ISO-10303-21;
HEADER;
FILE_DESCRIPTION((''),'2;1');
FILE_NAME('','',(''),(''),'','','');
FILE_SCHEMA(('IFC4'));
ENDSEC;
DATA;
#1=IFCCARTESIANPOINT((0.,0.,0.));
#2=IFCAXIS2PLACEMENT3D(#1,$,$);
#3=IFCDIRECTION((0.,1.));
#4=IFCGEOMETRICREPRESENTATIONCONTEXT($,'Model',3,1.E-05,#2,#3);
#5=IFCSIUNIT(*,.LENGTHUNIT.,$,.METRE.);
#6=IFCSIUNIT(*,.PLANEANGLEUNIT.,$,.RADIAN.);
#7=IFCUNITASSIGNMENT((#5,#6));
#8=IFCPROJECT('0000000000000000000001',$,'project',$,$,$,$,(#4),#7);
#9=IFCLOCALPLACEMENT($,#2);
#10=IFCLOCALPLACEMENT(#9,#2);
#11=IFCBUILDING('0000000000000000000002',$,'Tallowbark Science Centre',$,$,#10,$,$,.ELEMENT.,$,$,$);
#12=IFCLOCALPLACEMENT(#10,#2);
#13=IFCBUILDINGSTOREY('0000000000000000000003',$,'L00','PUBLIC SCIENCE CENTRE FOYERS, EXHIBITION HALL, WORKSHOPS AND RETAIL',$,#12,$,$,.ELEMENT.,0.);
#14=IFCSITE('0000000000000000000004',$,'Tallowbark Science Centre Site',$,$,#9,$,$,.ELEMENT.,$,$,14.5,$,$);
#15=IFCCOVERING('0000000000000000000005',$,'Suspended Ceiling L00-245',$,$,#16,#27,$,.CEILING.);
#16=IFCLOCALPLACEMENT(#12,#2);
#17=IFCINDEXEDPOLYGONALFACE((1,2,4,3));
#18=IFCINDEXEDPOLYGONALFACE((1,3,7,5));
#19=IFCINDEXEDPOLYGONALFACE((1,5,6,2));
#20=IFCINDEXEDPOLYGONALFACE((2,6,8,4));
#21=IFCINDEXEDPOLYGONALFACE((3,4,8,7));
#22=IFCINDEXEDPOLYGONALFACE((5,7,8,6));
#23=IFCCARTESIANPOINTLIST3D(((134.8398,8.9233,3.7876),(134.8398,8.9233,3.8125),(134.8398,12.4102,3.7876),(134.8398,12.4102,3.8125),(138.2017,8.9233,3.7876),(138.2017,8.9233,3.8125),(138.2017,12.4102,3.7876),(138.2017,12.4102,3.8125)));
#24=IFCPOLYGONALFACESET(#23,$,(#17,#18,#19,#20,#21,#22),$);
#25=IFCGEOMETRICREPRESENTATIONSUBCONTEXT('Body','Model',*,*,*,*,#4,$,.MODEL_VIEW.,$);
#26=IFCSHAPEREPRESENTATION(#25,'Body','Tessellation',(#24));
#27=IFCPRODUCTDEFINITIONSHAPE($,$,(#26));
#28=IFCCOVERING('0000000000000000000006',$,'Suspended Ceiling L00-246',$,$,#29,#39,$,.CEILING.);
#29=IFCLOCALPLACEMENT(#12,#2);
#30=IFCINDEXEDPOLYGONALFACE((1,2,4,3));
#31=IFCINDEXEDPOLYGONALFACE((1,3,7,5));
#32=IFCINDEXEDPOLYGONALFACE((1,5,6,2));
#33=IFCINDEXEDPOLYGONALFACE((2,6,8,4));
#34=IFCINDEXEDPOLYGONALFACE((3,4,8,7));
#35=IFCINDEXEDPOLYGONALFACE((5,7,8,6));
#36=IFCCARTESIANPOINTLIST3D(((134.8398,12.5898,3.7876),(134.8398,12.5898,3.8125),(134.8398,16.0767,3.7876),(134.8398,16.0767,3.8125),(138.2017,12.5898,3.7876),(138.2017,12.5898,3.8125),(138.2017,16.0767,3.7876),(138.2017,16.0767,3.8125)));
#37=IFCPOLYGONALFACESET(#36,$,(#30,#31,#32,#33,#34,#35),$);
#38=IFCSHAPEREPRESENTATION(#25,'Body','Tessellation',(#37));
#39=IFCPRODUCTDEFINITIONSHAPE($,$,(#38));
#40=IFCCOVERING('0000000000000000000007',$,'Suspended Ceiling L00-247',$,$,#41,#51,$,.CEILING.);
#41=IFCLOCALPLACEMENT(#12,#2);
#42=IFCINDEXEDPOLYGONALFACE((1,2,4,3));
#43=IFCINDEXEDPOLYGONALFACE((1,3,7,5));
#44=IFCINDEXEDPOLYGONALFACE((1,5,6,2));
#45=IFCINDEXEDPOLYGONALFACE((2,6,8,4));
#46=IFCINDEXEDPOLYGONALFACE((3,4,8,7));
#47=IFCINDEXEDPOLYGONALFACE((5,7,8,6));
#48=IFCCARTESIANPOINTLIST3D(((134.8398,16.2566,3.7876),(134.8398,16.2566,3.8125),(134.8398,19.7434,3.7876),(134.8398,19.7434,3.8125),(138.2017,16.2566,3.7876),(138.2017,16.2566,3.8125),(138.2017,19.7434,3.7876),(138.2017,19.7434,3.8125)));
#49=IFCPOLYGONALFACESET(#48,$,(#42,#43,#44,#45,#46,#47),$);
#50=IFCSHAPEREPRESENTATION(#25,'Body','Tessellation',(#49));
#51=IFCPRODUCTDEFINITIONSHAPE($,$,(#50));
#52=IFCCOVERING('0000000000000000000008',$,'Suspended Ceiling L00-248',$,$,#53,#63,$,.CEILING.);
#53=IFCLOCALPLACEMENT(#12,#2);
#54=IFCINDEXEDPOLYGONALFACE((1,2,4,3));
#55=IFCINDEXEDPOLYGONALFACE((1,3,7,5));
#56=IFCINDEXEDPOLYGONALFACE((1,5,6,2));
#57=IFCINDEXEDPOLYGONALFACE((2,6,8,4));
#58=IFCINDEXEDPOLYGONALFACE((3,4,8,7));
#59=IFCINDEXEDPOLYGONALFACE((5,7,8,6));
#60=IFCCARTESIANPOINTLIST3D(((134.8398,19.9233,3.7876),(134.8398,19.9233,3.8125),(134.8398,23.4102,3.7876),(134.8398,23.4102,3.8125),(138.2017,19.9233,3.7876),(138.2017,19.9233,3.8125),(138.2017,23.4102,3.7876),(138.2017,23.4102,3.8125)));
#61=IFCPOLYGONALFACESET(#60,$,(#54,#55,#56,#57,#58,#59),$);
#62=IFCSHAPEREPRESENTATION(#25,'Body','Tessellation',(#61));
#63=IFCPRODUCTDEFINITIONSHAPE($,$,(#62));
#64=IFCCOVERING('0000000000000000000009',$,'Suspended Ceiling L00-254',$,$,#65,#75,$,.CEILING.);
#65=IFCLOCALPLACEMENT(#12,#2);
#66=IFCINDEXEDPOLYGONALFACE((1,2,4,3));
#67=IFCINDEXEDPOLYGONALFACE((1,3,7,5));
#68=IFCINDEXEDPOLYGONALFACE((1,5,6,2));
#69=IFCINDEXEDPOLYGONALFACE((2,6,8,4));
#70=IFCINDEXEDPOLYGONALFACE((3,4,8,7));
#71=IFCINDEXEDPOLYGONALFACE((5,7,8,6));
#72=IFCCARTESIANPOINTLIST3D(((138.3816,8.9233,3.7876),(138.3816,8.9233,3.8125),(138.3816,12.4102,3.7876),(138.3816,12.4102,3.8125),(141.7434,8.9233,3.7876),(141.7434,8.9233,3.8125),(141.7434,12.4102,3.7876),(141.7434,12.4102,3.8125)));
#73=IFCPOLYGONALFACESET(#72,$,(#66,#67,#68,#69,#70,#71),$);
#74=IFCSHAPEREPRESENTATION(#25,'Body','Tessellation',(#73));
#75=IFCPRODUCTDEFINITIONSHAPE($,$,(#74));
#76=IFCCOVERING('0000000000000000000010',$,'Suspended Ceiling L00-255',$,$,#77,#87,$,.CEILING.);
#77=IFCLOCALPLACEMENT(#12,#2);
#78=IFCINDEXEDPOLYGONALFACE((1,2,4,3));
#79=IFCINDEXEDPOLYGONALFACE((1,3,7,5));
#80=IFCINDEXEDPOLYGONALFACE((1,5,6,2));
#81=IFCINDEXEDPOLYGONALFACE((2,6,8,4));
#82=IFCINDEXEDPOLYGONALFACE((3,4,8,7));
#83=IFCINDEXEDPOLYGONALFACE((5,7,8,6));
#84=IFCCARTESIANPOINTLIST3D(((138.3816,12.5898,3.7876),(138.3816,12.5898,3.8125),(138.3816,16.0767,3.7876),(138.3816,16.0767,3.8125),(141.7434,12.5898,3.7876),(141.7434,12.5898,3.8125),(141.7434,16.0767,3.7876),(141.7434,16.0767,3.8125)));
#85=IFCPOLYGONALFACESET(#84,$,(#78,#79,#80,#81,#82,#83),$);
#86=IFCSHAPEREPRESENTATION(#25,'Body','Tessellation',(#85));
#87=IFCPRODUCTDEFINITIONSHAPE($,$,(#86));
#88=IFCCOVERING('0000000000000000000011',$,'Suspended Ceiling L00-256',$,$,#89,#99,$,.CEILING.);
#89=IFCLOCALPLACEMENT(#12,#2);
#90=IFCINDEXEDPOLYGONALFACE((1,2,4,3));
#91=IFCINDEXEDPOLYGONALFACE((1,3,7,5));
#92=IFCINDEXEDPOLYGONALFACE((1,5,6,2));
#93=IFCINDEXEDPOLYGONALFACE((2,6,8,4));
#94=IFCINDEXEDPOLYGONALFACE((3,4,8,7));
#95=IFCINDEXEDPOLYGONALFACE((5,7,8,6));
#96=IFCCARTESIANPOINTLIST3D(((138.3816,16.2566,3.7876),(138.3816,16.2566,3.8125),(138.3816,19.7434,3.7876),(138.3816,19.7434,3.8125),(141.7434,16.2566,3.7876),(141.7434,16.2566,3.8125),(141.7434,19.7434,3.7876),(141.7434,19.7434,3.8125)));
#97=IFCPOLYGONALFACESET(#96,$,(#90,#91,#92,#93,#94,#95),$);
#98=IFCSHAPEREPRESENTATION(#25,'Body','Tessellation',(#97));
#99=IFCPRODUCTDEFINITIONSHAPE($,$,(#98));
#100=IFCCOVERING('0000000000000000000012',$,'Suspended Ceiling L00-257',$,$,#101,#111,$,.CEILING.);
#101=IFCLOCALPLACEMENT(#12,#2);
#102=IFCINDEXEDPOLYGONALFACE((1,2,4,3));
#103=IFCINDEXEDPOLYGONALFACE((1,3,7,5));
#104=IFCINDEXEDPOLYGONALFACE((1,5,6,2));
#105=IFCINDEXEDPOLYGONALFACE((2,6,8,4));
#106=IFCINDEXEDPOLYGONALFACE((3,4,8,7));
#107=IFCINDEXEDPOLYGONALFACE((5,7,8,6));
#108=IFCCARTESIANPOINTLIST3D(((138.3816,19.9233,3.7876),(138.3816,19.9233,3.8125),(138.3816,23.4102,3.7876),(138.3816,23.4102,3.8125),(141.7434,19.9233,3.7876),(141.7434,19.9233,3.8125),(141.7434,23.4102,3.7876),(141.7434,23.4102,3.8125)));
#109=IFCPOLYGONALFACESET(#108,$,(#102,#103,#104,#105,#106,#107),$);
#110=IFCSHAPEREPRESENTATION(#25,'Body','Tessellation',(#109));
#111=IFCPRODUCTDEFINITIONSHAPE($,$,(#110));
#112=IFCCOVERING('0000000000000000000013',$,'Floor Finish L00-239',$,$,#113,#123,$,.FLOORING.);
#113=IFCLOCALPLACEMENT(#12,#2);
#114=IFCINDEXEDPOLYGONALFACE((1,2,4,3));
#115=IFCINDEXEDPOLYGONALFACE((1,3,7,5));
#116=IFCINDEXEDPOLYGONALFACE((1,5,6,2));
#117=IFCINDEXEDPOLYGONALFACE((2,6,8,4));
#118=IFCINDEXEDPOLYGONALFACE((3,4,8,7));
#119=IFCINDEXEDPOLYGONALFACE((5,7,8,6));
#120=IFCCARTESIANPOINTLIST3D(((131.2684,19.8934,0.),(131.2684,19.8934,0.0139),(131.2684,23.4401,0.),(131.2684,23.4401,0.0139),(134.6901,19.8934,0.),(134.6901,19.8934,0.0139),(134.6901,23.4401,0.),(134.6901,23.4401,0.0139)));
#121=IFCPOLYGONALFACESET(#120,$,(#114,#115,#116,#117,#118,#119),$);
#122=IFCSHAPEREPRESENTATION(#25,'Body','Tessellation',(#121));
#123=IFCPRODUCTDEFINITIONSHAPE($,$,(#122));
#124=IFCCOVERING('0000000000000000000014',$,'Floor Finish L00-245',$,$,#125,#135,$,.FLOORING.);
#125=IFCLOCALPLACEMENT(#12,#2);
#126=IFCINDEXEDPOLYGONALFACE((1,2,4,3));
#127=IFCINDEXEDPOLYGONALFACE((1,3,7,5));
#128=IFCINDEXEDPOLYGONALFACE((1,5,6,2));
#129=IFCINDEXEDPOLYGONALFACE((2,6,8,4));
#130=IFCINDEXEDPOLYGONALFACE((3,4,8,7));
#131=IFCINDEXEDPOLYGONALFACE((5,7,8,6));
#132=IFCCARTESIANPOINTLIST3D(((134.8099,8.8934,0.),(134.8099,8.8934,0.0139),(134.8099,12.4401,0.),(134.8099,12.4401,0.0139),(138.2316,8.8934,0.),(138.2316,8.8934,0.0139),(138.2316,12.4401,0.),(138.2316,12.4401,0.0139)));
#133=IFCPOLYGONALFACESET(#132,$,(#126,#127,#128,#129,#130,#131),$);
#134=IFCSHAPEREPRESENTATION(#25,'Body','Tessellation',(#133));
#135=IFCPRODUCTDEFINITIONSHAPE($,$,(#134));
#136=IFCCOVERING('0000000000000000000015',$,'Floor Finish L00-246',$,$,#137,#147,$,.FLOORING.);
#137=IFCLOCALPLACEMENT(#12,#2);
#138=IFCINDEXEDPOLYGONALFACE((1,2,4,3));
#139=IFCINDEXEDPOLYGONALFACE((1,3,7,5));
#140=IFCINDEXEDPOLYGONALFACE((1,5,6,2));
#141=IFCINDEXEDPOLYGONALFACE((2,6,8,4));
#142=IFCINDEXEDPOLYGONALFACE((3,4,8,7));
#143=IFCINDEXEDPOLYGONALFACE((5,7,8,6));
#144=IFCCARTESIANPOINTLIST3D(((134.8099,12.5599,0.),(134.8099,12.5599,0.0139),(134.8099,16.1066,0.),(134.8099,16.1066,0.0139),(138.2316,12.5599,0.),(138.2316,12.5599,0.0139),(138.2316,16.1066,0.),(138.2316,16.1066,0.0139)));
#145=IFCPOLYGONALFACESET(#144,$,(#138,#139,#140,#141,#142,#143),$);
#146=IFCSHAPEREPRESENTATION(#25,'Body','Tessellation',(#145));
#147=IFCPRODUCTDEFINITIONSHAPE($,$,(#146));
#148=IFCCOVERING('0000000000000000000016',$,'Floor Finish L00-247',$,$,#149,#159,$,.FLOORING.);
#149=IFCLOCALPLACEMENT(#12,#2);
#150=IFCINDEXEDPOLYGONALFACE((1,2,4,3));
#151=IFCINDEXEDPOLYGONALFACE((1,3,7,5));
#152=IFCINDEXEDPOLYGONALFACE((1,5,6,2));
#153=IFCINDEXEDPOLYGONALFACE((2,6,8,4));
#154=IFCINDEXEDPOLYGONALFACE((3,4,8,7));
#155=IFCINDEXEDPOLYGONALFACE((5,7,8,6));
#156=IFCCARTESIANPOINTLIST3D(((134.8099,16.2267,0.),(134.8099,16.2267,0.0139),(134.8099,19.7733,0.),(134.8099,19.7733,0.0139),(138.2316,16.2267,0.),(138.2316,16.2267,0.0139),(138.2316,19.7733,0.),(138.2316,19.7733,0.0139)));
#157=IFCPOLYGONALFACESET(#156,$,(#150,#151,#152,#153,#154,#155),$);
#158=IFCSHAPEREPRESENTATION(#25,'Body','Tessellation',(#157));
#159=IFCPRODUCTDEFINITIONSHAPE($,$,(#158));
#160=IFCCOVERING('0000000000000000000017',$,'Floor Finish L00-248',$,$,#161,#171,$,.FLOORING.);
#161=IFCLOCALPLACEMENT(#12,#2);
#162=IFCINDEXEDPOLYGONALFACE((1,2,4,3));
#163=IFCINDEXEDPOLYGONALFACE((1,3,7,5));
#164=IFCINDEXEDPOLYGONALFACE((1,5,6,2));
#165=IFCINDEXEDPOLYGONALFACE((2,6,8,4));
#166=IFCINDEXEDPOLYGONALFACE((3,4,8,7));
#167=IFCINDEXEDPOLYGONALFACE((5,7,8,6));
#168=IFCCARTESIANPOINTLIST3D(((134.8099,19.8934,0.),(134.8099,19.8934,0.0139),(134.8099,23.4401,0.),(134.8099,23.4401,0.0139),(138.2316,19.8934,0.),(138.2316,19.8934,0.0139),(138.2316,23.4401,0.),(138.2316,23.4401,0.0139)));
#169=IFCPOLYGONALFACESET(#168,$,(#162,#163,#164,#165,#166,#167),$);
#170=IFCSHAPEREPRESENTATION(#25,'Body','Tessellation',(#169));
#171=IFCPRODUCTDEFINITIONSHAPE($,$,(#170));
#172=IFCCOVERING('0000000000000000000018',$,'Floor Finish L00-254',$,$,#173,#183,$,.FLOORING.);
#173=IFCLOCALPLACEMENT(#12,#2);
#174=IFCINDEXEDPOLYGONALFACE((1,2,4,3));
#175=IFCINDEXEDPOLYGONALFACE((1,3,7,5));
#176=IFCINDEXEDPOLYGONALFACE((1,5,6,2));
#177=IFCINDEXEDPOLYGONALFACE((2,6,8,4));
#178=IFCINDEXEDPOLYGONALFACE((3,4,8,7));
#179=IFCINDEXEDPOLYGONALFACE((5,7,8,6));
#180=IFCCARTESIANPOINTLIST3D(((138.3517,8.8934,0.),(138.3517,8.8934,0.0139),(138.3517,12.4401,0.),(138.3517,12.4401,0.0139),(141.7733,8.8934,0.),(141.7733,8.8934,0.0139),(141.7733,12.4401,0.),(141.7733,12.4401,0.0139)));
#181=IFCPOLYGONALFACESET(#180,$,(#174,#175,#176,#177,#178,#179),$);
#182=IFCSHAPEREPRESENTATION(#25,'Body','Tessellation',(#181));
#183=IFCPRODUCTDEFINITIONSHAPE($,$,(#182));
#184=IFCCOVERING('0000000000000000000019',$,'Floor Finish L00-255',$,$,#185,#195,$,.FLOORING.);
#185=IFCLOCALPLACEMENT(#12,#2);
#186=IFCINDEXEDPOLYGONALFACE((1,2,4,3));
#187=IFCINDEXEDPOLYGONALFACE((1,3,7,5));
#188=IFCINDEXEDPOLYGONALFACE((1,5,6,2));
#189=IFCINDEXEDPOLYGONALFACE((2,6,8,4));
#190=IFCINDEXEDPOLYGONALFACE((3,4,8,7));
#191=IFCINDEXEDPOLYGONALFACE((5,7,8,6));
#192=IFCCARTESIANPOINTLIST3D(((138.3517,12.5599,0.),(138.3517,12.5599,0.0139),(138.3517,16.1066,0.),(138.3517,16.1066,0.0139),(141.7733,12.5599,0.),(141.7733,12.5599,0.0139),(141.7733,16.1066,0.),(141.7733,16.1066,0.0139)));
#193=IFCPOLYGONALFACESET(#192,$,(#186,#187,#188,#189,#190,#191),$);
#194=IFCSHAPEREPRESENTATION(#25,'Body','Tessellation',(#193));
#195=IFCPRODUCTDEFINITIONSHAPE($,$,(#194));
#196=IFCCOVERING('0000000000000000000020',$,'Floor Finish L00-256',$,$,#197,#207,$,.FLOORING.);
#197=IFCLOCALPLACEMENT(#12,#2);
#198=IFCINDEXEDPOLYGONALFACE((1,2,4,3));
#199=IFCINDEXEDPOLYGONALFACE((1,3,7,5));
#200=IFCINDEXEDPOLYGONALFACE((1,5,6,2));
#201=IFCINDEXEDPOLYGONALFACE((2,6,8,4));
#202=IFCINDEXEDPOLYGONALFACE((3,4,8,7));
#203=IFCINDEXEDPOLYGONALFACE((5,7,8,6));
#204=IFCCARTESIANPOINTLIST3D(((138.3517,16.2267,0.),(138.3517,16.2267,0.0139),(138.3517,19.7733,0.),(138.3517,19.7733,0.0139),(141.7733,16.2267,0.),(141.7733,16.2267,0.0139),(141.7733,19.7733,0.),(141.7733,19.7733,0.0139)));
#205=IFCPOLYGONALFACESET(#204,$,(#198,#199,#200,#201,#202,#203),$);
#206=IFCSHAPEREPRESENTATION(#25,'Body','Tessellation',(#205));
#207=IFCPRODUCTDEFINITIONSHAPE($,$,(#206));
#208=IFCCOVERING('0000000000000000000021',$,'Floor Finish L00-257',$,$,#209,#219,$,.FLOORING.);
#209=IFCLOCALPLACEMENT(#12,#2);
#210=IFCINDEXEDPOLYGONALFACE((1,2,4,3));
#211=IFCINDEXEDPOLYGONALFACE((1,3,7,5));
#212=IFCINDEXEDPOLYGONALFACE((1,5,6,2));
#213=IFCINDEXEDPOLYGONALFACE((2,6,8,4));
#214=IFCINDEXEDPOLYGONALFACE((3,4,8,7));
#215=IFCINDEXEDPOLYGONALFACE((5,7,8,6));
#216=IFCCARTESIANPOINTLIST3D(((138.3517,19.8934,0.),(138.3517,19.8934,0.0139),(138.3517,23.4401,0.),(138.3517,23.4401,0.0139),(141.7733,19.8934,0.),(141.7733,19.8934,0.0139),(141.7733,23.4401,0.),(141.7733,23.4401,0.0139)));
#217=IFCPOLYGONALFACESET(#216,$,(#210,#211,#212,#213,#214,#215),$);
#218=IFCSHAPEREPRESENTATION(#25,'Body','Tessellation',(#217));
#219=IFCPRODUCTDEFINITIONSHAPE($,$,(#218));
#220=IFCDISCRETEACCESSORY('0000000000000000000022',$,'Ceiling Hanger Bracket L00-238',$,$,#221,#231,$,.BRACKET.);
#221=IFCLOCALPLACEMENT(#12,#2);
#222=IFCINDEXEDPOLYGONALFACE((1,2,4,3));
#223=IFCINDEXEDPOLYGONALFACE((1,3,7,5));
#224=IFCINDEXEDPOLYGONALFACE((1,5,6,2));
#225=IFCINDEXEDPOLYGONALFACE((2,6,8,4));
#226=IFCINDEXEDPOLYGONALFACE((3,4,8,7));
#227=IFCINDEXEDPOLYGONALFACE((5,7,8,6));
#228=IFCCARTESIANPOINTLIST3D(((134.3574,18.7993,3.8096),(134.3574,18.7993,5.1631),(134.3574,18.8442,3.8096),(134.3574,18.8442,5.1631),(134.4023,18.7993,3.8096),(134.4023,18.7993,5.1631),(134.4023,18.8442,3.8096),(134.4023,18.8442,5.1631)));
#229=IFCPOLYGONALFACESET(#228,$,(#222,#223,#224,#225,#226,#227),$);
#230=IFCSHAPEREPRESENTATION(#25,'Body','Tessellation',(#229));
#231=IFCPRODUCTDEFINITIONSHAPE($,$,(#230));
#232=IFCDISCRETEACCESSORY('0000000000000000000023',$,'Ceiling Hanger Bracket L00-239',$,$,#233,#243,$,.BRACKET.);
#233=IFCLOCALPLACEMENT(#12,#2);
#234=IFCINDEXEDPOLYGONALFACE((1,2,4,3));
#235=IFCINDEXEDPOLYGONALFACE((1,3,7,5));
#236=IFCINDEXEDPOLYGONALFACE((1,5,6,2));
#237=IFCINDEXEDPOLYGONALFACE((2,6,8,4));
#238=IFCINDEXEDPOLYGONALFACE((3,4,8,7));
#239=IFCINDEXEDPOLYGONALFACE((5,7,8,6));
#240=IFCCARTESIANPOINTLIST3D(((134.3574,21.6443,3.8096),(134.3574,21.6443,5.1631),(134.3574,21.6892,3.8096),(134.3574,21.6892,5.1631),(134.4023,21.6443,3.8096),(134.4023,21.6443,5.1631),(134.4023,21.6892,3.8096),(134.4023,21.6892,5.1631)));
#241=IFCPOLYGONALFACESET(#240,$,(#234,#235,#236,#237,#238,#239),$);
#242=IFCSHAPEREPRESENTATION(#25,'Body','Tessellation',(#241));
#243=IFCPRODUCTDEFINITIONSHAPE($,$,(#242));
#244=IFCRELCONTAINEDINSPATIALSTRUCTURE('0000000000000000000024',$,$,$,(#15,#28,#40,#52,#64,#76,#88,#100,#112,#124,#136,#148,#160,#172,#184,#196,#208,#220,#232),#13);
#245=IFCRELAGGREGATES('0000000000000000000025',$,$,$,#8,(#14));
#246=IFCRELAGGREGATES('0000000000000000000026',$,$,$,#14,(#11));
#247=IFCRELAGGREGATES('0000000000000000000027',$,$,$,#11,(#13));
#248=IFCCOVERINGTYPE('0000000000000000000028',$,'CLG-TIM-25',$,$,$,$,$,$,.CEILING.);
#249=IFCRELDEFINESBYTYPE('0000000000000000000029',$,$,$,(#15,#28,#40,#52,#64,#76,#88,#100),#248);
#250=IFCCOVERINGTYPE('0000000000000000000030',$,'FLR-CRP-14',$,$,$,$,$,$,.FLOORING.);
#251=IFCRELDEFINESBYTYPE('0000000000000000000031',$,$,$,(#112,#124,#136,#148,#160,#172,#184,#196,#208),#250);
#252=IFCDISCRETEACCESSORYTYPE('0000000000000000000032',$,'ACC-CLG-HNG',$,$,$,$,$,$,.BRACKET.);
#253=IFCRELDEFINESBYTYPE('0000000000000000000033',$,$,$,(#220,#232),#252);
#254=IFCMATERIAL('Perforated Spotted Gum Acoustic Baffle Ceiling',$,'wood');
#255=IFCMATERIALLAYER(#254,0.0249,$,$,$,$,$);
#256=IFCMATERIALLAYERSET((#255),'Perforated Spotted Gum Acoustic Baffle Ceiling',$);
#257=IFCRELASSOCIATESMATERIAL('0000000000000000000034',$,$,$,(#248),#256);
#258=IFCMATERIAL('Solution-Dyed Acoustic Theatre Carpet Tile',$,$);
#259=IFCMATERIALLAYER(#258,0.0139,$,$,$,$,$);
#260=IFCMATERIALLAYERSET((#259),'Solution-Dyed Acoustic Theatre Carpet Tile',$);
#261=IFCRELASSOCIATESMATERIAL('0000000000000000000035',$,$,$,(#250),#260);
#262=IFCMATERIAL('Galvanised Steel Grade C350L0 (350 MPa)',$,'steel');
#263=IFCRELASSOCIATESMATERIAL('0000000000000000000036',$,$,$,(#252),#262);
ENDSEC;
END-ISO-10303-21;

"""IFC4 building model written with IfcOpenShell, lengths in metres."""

from ifc_helpers import new_model, si_unit, direction, frame, origin, origin_2d, place, context, subcontext, project, spatial, rectangle, extrude, material, layer, layer_set, type_object, element, save


model = new_model("IFC4")

# Units and contexts
model_context = context("Model", 3, precision=1e-05, world=origin(), true_north=direction((0.0, 1.0)))
body_context = subcontext(model_context, "Body", "Model", "MODEL_VIEW")
ifc_project = project(units=[si_unit("LENGTHUNIT", "METRE"), si_unit("PLANEANGLEUNIT", "RADIAN")], contexts=[model_context])

# Site, building, storey
site_placement = place(None, origin())
site = spatial("IfcSite", under=ifc_project, at=site_placement, Name="Tallowbark Science Centre Site", CompositionType="ELEMENT", RefElevation=14.5)
building_placement = place(site_placement, origin())
building = spatial("IfcBuilding", under=site, at=building_placement, Name="Tallowbark Science Centre", CompositionType="ELEMENT")
storey_placement = place(building_placement, origin())
storey = spatial("IfcBuildingStorey", under=building, at=storey_placement, Name="L00", Description="PUBLIC SCIENCE CENTRE FOYERS, EXHIBITION HALL, WORKSHOPS AND RETAIL", CompositionType="ELEMENT", Elevation=0.0)

# Coverings
ifc_material_1 = material(Name="Perforated Spotted Gum Acoustic Baffle Ceiling", Category="wood")
ifc_layer_1 = layer(ifc_material_1, 0.0249)
ifc_layer_set_1 = layer_set([ifc_layer_1], Name="Perforated Spotted Gum Acoustic Baffle Ceiling")
covering_type_1 = type_object("IfcCoveringType", Name="CLG-TIM-25", PredefinedType="CEILING", material=ifc_layer_set_1)
for number, where, z_axis, x_axis, name in (
    (1, (136.5208, 10.6667, 3.7876), (0.0, 0.0, 1.0), (1.0, 0.0, 0.0), "Suspended Ceiling L00-245"),
    (2, (136.5208, 14.3333, 3.7876), (0.0, 0.0, 1.0), (1.0, 0.0, 0.0), "Suspended Ceiling L00-246"),
    (3, (136.5208, 18.0, 3.7876), (0.0, 0.0, 1.0), (1.0, 0.0, 0.0), "Suspended Ceiling L00-247"),
    (4, (136.5208, 21.6667, 3.7876), (0.0, 0.0, 1.0), (1.0, 0.0, 0.0), "Suspended Ceiling L00-248"),
    (5, (140.0625, 10.6667, 3.7876), (0.0, 0.0, 1.0), (1.0, 0.0, 0.0), "Suspended Ceiling L00-254"),
    (6, (140.0625, 14.3333, 3.7876), (0.0, 0.0, 1.0), (1.0, 0.0, 0.0), "Suspended Ceiling L00-255"),
    (7, (140.0625, 18.0, 3.7876), (0.0, 0.0, 1.0), (1.0, 0.0, 0.0), "Suspended Ceiling L00-256"),
    (8, (140.0625, 21.6667, 3.7876), (0.0, 0.0, 1.0), (1.0, 0.0, 0.0), "Suspended Ceiling L00-257"),
):
    element("IfcCovering", number, at=place(storey_placement, frame(where, z_axis=z_axis, x_axis=x_axis)), inside=storey, type_object=covering_type_1, Name=name, PredefinedType="CEILING", context=body_context, shape_type="SweptSolid", body=[
        extrude(rectangle(XDim=3.3618, YDim=3.4868, at=origin_2d()), origin(), (0.0, 0.0, 1.0), 0.0249),
    ])
ifc_material_2 = material(Name="Solution-Dyed Acoustic Theatre Carpet Tile")
ifc_layer_2 = layer(ifc_material_2, 0.0139)
ifc_layer_set_2 = layer_set([ifc_layer_2], Name="Solution-Dyed Acoustic Theatre Carpet Tile")
covering_type_2 = type_object("IfcCoveringType", Name="FLR-CRP-14", PredefinedType="FLOORING", material=ifc_layer_set_2)
for number, where, z_axis, x_axis, name in (
    (9, (132.9792, 21.6667, 0.0), (0.0, 0.0, 1.0), (1.0, 0.0, 0.0), "Floor Finish L00-239"),
    (10, (136.5208, 10.6667, 0.0), (0.0, 0.0, 1.0), (1.0, 0.0, 0.0), "Floor Finish L00-245"),
    (11, (136.5208, 14.3333, 0.0), (0.0, 0.0, 1.0), (1.0, 0.0, 0.0), "Floor Finish L00-246"),
    (12, (136.5208, 18.0, 0.0), (0.0, 0.0, 1.0), (1.0, 0.0, 0.0), "Floor Finish L00-247"),
    (13, (136.5208, 21.6667, 0.0), (0.0, 0.0, 1.0), (1.0, 0.0, 0.0), "Floor Finish L00-248"),
    (14, (140.0625, 10.6667, 0.0), (0.0, 0.0, 1.0), (1.0, 0.0, 0.0), "Floor Finish L00-254"),
    (15, (140.0625, 14.3333, 0.0), (0.0, 0.0, 1.0), (1.0, 0.0, 0.0), "Floor Finish L00-255"),
    (16, (140.0625, 18.0, 0.0), (0.0, 0.0, 1.0), (1.0, 0.0, 0.0), "Floor Finish L00-256"),
    (17, (140.0625, 21.6667, 0.0), (0.0, 0.0, 1.0), (1.0, 0.0, 0.0), "Floor Finish L00-257"),
):
    element("IfcCovering", number, at=place(storey_placement, frame(where, z_axis=z_axis, x_axis=x_axis)), inside=storey, type_object=covering_type_2, Name=name, PredefinedType="FLOORING", context=body_context, shape_type="SweptSolid", body=[
        extrude(rectangle(XDim=3.4216, YDim=3.5466, at=origin_2d()), origin(), (0.0, 0.0, 1.0), 0.0139),
    ])

# Discrete accessories
ifc_material_3 = material(Name="Galvanised Steel Grade C350L0 (350 MPa)", Category="steel")
discrete_accessory_type = type_object("IfcDiscreteAccessoryType", Name="ACC-CLG-HNG", PredefinedType="BRACKET", material=ifc_material_3)
for number, where, z_axis, x_axis, name in (
    (18, (134.3799, 18.8218, 3.8096), (0.0, 0.0, 1.0), (1.0, 0.0, 0.0), "Ceiling Hanger Bracket L00-238"),
    (19, (134.3799, 21.6667, 3.8096), (0.0, 0.0, 1.0), (1.0, 0.0, 0.0), "Ceiling Hanger Bracket L00-239"),
):
    element("IfcDiscreteAccessory", number, at=place(storey_placement, frame(where, z_axis=z_axis, x_axis=x_axis)), inside=storey, type_object=discrete_accessory_type, Name=name, PredefinedType="BRACKET", context=body_context, shape_type="SweptSolid", body=[
        extrude(rectangle(XDim=0.0449, YDim=0.0449, at=origin_2d()), origin(), (0.0, 0.0, 1.0), 1.3535),
    ])

save(model, "model.ifc")
